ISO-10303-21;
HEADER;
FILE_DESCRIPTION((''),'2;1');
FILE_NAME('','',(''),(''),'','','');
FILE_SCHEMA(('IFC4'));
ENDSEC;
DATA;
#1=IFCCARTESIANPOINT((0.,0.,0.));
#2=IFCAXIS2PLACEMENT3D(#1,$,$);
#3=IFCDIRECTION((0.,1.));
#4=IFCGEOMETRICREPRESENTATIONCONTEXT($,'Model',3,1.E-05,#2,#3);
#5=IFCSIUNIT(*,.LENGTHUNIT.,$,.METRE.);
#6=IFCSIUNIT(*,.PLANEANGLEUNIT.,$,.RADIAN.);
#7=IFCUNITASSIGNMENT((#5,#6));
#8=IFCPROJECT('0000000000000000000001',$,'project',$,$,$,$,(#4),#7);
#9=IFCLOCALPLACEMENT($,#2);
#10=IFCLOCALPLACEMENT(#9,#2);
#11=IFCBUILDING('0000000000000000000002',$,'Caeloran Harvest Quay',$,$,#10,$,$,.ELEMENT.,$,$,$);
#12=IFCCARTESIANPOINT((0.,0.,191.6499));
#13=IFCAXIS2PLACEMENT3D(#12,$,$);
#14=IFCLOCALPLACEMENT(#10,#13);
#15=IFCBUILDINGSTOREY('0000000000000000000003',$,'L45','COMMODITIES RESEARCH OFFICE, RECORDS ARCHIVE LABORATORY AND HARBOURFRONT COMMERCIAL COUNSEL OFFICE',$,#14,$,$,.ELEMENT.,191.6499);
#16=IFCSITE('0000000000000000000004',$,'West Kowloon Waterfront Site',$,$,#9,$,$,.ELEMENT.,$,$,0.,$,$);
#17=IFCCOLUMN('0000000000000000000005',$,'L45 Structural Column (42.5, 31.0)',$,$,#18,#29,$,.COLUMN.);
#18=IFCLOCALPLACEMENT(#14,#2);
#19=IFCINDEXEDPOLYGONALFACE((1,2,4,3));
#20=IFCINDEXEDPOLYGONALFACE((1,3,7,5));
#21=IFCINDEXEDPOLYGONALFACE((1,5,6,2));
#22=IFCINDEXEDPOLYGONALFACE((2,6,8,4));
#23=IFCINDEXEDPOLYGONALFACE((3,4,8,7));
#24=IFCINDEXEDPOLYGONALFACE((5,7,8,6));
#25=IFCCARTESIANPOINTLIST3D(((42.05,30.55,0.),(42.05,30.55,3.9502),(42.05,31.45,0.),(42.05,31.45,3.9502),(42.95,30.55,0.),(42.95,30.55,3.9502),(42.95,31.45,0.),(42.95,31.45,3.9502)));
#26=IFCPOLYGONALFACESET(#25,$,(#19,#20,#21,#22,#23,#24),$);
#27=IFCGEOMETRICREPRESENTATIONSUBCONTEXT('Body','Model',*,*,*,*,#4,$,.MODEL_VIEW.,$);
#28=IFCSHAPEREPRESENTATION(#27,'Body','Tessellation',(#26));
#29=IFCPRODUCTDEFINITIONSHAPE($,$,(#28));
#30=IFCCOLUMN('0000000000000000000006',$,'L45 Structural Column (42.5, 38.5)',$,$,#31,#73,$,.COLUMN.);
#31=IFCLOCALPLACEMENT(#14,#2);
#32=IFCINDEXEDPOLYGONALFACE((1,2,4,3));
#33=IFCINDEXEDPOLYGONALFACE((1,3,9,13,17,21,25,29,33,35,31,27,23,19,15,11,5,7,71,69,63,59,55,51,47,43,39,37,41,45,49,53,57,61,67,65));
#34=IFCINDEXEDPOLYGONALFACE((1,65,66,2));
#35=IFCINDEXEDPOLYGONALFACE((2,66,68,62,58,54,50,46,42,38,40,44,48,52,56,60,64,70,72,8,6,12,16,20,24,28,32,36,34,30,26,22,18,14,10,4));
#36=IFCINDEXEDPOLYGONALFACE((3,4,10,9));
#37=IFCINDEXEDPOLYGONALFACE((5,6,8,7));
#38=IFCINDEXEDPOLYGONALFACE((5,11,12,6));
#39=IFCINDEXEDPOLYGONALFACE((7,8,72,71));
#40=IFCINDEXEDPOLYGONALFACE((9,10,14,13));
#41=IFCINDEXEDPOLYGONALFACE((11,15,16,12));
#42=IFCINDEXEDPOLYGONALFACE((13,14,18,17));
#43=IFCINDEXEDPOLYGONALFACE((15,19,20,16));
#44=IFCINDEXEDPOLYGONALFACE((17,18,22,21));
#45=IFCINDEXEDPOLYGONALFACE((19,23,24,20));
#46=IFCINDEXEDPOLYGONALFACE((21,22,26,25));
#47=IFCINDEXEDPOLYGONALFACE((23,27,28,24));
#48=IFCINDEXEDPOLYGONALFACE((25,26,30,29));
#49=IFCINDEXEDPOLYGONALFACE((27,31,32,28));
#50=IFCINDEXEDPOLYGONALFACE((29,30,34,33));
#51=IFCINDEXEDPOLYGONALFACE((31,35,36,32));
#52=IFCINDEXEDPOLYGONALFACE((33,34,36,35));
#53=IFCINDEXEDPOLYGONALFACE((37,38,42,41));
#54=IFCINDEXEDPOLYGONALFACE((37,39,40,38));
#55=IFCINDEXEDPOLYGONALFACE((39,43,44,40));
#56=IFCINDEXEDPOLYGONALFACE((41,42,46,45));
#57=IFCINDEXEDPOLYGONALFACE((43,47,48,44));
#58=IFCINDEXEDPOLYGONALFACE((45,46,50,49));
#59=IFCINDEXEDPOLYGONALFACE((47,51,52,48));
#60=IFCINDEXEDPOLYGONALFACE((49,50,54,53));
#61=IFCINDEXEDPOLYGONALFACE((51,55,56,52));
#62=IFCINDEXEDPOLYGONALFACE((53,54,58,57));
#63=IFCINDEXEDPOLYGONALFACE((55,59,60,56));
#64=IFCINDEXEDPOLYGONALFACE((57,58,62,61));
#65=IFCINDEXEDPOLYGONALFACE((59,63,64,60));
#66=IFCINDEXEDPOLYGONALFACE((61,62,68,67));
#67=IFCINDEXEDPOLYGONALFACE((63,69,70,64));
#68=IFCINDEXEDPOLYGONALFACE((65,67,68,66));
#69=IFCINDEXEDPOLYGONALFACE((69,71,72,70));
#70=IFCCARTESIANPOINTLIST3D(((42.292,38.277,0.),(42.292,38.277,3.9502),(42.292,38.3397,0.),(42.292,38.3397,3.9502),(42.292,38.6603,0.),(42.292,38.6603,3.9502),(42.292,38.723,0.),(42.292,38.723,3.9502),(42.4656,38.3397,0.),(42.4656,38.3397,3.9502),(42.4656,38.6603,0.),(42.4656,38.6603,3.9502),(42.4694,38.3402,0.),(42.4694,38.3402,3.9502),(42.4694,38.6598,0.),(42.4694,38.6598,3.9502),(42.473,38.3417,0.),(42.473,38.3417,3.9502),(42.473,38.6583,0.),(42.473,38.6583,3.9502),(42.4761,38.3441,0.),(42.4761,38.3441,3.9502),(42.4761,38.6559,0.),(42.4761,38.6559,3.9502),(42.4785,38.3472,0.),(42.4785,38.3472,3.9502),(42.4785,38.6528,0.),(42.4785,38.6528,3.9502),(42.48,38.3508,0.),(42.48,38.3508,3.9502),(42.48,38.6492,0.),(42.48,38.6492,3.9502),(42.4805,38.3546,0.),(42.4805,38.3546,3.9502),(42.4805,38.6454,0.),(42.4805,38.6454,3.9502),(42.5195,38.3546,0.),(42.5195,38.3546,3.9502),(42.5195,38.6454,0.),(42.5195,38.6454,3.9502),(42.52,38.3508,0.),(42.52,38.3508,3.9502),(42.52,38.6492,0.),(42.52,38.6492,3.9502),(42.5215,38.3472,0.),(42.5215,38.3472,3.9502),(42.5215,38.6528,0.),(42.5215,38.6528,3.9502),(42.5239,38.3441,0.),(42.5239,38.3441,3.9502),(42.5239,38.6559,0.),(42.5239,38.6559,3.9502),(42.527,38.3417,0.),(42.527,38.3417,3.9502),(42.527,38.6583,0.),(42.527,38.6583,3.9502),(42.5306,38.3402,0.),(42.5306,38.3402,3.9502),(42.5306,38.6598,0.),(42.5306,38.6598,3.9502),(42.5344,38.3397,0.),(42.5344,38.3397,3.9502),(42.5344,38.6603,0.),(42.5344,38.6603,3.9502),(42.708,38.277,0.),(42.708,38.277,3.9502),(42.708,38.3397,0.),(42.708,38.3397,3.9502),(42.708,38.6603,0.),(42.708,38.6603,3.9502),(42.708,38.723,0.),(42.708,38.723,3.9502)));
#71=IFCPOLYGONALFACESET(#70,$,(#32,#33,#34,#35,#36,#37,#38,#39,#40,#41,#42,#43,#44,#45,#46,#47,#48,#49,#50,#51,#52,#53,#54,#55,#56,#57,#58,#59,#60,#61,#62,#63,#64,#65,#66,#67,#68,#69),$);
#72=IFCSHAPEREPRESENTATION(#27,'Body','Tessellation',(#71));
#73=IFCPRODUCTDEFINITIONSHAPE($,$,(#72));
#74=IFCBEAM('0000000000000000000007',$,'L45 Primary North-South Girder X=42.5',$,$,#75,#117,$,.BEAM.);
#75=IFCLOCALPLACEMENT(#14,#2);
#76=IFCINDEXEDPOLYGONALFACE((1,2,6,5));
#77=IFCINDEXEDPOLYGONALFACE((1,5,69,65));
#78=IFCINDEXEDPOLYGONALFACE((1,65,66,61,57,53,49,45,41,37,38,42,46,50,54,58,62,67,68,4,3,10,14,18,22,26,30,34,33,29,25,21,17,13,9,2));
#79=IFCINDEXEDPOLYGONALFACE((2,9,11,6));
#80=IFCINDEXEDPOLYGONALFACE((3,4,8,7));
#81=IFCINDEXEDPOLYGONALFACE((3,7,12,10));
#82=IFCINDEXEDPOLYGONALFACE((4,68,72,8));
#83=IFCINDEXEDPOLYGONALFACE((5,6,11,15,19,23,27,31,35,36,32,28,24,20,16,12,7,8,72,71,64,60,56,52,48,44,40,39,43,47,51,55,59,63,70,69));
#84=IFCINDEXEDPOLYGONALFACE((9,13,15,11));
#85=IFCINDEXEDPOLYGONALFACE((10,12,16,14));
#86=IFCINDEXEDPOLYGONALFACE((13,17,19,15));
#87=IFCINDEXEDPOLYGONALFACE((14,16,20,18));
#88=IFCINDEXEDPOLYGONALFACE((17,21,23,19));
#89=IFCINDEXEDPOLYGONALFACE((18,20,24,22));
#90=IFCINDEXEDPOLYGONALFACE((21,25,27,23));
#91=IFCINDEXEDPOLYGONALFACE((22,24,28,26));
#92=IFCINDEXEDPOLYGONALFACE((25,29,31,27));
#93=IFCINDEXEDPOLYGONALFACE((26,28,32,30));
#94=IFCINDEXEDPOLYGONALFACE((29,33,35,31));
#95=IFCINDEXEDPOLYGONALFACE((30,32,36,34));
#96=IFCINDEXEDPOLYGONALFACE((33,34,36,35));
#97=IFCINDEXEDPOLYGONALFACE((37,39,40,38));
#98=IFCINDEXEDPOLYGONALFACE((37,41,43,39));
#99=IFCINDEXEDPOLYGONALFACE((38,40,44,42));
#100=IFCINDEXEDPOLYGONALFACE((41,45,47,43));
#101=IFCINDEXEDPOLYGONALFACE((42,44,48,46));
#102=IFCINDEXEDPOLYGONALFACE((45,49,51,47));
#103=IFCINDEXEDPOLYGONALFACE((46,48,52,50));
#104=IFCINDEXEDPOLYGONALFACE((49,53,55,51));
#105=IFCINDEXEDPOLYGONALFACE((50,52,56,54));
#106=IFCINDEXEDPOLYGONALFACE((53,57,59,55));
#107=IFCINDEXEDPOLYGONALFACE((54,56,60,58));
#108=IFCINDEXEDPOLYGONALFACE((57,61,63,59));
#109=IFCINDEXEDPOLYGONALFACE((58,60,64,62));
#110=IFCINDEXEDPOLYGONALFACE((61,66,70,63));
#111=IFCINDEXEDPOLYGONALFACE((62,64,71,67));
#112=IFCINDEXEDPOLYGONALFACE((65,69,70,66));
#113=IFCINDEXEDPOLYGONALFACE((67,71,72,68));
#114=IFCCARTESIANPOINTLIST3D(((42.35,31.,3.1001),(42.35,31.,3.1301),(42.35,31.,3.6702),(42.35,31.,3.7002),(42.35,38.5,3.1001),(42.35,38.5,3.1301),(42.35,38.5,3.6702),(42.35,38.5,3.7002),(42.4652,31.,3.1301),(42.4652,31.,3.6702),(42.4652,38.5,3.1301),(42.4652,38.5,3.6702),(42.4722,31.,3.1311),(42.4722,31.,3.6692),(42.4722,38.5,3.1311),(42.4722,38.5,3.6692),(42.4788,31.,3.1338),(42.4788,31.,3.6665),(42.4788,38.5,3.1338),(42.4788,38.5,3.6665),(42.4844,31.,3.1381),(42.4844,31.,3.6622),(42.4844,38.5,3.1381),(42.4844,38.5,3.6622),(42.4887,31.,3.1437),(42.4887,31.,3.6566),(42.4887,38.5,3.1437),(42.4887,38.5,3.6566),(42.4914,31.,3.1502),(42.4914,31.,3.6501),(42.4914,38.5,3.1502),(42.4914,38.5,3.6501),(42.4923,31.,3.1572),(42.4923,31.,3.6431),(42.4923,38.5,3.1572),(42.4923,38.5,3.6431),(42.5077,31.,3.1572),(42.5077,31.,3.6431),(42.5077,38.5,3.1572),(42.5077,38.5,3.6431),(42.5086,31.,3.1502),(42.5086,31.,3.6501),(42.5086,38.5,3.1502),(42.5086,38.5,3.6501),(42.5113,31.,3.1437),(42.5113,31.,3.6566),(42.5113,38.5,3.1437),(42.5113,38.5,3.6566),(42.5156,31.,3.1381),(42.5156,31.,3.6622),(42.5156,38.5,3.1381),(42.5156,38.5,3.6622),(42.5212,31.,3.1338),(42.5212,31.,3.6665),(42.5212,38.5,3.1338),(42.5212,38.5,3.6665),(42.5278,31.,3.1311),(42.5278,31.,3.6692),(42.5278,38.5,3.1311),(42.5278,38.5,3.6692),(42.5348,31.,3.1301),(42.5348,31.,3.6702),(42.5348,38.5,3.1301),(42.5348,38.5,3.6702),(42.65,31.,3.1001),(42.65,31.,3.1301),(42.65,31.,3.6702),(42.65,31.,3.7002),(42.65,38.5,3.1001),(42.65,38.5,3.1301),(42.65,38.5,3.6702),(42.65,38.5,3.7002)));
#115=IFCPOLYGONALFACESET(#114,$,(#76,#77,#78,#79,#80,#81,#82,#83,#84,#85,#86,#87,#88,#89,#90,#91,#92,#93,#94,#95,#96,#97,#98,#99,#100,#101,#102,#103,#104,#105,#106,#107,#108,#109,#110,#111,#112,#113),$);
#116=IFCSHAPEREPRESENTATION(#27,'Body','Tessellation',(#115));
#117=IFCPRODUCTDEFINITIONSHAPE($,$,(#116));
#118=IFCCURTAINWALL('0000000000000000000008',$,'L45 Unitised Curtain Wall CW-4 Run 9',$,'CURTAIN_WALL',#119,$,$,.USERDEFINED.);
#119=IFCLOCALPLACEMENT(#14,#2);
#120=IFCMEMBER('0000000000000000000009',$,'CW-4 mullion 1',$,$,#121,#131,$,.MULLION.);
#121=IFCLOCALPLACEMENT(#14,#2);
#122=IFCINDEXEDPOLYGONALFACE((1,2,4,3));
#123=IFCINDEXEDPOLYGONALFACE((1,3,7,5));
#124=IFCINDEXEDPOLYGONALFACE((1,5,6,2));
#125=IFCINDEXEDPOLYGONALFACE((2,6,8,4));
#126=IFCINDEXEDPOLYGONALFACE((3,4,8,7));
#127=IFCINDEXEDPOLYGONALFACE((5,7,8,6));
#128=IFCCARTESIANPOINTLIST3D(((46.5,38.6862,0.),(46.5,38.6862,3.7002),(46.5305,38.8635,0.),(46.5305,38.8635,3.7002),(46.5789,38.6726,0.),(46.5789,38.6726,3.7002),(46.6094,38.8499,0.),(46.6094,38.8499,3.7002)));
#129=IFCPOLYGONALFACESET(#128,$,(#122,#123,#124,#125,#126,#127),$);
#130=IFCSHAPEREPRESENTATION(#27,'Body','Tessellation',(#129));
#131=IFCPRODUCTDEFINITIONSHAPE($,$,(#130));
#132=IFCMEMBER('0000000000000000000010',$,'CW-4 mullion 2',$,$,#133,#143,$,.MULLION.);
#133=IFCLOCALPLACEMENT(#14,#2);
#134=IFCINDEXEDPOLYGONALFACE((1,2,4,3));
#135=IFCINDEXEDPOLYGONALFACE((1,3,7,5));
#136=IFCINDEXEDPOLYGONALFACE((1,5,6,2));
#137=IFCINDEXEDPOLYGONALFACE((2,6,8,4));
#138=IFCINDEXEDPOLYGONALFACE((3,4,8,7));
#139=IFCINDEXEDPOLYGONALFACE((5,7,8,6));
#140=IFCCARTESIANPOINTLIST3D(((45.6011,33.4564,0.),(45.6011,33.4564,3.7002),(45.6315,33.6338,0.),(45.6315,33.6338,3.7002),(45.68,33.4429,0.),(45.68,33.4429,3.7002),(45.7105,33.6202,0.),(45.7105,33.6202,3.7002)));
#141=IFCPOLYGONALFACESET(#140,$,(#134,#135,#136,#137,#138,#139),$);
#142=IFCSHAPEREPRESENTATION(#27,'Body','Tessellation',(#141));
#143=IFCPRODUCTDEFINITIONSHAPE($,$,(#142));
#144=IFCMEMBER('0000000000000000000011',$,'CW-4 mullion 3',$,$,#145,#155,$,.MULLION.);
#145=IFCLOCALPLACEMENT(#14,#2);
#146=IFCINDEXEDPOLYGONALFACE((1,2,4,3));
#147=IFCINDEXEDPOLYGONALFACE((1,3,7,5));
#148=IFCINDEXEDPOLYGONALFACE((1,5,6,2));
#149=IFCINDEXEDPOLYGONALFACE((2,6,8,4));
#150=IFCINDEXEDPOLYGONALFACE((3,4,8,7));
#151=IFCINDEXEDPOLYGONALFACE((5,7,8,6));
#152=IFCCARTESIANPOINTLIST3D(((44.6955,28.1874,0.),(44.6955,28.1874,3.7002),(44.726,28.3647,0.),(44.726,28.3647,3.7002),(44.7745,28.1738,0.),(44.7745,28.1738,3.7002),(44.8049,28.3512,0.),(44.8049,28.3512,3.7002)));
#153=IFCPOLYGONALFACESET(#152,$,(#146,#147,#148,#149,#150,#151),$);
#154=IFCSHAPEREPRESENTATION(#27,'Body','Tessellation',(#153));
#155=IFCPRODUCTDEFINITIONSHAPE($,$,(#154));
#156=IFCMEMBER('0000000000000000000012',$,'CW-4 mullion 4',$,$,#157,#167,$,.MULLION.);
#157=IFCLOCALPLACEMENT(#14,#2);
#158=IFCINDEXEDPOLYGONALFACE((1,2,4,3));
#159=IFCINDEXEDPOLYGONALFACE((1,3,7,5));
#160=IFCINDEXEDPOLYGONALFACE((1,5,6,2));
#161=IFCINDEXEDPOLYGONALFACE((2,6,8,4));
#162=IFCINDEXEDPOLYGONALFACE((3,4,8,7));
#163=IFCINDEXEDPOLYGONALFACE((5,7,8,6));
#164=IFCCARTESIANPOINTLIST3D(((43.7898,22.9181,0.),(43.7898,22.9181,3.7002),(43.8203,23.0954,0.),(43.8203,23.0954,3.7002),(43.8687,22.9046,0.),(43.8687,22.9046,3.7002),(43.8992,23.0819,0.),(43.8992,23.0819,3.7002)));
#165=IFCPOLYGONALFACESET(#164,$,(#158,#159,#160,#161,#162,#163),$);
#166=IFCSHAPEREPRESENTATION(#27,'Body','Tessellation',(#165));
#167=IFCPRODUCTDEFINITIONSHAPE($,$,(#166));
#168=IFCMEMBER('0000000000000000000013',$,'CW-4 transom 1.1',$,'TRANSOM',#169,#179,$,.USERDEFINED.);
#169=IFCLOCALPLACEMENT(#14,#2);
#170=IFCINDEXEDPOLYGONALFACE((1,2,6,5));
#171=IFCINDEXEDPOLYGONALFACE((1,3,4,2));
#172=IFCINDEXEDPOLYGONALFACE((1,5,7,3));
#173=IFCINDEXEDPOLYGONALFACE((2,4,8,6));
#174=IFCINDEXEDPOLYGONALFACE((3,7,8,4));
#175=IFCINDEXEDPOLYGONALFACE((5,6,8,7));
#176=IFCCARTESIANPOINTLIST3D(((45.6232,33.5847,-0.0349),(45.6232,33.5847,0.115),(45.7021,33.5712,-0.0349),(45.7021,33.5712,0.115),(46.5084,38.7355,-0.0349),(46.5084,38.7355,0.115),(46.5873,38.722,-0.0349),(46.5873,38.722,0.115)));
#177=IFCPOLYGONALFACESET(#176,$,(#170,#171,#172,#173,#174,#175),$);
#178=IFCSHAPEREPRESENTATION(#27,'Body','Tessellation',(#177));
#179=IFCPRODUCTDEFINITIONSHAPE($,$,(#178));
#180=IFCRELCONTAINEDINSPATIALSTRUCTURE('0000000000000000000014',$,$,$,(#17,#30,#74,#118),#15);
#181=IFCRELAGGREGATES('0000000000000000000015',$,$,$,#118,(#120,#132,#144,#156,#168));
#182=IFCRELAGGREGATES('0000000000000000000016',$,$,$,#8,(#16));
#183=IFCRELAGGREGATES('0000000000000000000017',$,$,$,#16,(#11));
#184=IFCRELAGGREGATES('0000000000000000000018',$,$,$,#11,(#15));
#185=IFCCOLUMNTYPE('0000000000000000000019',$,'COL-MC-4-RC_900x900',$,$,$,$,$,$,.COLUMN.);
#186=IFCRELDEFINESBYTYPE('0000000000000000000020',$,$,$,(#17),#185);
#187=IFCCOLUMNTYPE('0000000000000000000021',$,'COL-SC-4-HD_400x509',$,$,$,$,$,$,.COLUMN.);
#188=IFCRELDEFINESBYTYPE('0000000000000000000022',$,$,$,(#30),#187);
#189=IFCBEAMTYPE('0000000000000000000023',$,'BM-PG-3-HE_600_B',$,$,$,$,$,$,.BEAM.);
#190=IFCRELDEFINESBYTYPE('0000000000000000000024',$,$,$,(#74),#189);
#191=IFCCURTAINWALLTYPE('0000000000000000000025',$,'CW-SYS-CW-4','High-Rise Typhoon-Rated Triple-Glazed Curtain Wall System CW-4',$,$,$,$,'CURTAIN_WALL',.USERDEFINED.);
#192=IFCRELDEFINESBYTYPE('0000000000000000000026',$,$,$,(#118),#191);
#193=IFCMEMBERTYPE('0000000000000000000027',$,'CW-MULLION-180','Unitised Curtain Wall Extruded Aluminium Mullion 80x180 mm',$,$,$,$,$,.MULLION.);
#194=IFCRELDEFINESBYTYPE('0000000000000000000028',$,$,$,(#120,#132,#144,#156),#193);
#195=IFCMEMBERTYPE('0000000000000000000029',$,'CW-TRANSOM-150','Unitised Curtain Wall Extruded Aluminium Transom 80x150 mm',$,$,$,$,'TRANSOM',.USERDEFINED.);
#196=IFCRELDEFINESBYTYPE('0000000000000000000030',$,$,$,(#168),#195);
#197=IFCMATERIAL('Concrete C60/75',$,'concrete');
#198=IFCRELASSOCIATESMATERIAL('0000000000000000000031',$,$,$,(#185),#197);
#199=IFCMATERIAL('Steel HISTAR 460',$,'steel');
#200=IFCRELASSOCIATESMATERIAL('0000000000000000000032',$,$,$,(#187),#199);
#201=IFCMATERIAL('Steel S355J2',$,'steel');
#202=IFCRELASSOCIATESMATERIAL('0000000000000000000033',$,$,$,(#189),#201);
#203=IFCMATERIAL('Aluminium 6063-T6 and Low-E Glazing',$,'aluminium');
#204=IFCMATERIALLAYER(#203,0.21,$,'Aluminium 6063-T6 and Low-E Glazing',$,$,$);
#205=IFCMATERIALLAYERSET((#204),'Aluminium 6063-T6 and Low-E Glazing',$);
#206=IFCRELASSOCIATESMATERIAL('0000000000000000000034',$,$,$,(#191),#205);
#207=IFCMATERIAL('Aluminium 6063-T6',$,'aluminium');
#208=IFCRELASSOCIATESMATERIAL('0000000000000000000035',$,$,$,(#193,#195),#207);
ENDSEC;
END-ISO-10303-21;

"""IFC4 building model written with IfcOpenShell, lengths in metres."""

from ifc_helpers import new_model, si_unit, direction, frame, origin, origin_2d, place, context, subcontext, project, spatial, rectangle, i_section, extrude, material, layer, layer_set, material_profile, profile_set, type_object, element, aggregate, save


model = new_model("IFC4")

# Units and contexts
model_context = context("Model", 3, precision=1e-05, world=origin(), true_north=direction((0.0, 1.0)))
body_context = subcontext(model_context, "Body", "Model", "MODEL_VIEW")
ifc_project = project(units=[si_unit("LENGTHUNIT", "METRE"), si_unit("PLANEANGLEUNIT", "RADIAN")], contexts=[model_context])

# Site, building, storey
site_placement = place(None, origin())
site = spatial("IfcSite", under=ifc_project, at=site_placement, Name="West Kowloon Waterfront Site", CompositionType="ELEMENT", RefElevation=0.0)
building_placement = place(site_placement, origin())
building = spatial("IfcBuilding", under=site, at=building_placement, Name="Caeloran Harvest Quay", CompositionType="ELEMENT")
storey_placement = place(building_placement, frame((0.0, 0.0, 191.6499)))
storey = spatial("IfcBuildingStorey", under=building, at=storey_placement, Name="L45", Description="COMMODITIES RESEARCH OFFICE, RECORDS ARCHIVE LABORATORY AND HARBOURFRONT COMMERCIAL COUNSEL OFFICE", CompositionType="ELEMENT", Elevation=191.6499)

# Columns
ifc_material_1 = material(Name="Concrete C60/75", Category="concrete")
ifc_material_profile_1 = material_profile(ifc_material_1, rectangle(XDim=0.8999, YDim=0.8999, at=origin_2d()), Name="RC 900x900")
ifc_profile_set_1 = profile_set([ifc_material_profile_1], Name="Concrete C60/75")
column_type_1 = type_object("IfcColumnType", Name="COL-MC-4-RC_900x900", PredefinedType="COLUMN", material=ifc_profile_set_1)
column_1_placement = place(storey_placement, frame((42.5, 31.0, 0.0), z_axis=(0.0, 0.0, 1.0), x_axis=(1.0, 0.0, 0.0)))
element("IfcColumn", 1, at=column_1_placement, inside=storey, type_object=column_type_1, Name="L45 Structural Column (42.5, 31.0)", PredefinedType="COLUMN", context=body_context, shape_type="SweptSolid", body=[
    extrude(rectangle(XDim=0.8999, YDim=0.8999, at=origin_2d()), origin(), (0.0, 0.0, 1.0), 3.9502),
])
ifc_material_2 = material(Name="Steel HISTAR 460", Category="steel")
ifc_material_profile_2 = material_profile(ifc_material_2, i_section(OverallWidth=0.416, OverallDepth=0.446, WebThickness=0.0391, FlangeThickness=0.0627, FilletRadius=0.0149, at=origin_2d()), Name="HD 400x509")
ifc_profile_set_2 = profile_set([ifc_material_profile_2], Name="Steel HISTAR 460")
column_type_2 = type_object("IfcColumnType", Name="COL-SC-4-HD_400x509", PredefinedType="COLUMN", material=ifc_profile_set_2)
column_2_placement = place(storey_placement, frame((42.5, 38.5, 0.0), z_axis=(0.0, 0.0, 1.0), x_axis=(1.0, 0.0, 0.0)))
element("IfcColumn", 2, at=column_2_placement, inside=storey, type_object=column_type_2, Name="L45 Structural Column (42.5, 38.5)", PredefinedType="COLUMN", context=body_context, shape_type="SweptSolid", body=[
    extrude(i_section(OverallWidth=0.416, OverallDepth=0.446, WebThickness=0.0391, FlangeThickness=0.0627, FilletRadius=0.0149, at=origin_2d()), origin(), (0.0, 0.0, 1.0), 3.9502),
])

# Beam
ifc_material_3 = material(Name="Steel S355J2", Category="steel")
ifc_material_profile_3 = material_profile(ifc_material_3, i_section(OverallWidth=0.3, OverallDepth=0.6001, WebThickness=0.0154, FlangeThickness=0.03, FilletRadius=0.0271, at=origin_2d()), Name="HE 600 B")
ifc_profile_set_3 = profile_set([ifc_material_profile_3], Name="Steel S355J2")
beam_type = type_object("IfcBeamType", Name="BM-PG-3-HE_600_B", PredefinedType="BEAM", material=ifc_profile_set_3)
beam_placement = place(storey_placement, frame((42.5, 31.0, 3.4001), z_axis=(0.0, 1.0, 0.0), x_axis=(-1.0, 0.0, 0.0)))
element("IfcBeam", 3, at=beam_placement, inside=storey, type_object=beam_type, Name="L45 Primary North-South Girder X=42.5", PredefinedType="BEAM", context=body_context, shape_type="SweptSolid", body=[
    extrude(i_section(OverallWidth=0.3, OverallDepth=0.6001, WebThickness=0.0154, FlangeThickness=0.03, FilletRadius=0.0271, at=origin_2d()), origin(), (0.0, 0.0, 1.0), 7.5),
])

# Curtain wall, members
ifc_material_4 = material(Name="Aluminium 6063-T6 and Low-E Glazing", Category="aluminium")
ifc_layer_1 = layer(ifc_material_4, 0.21, Name="Aluminium 6063-T6 and Low-E Glazing")
ifc_layer_set_1 = layer_set([ifc_layer_1], Name="Aluminium 6063-T6 and Low-E Glazing")
curtain_wall_type = type_object("IfcCurtainWallType", Name="CW-SYS-CW-4", Description="High-Rise Typhoon-Rated Triple-Glazed Curtain Wall System CW-4", ElementType="CURTAIN_WALL", PredefinedType="USERDEFINED", material=ifc_layer_set_1)
curtain_wall_placement = place(storey_placement, origin())
curtain_wall = element("IfcCurtainWall", 4, at=curtain_wall_placement, inside=storey, type_object=curtain_wall_type, Name="L45 Unitised Curtain Wall CW-4 Run 9", ObjectType="CURTAIN_WALL", PredefinedType="USERDEFINED")
ifc_material_5 = material(Name="Aluminium 6063-T6", Category="aluminium")
ifc_material_profile_4 = material_profile(ifc_material_5, rectangle(XDim=0.0801, YDim=0.1799, at=origin_2d()), Name="CW-MULLION-180")
ifc_profile_set_4 = profile_set([ifc_material_profile_4], Name="Aluminium 6063-T6")
member_type_1 = type_object("IfcMemberType", Name="CW-MULLION-180", Description="Unitised Curtain Wall Extruded Aluminium Mullion 80x180 mm", PredefinedType="MULLION", material=ifc_profile_set_4)
member_1_placement = place(storey_placement, frame((46.5547, 38.7681, 0.0), z_axis=(0.0, 0.0, 1.0), x_axis=(0.985549, -0.169392, 0.0)))
member_1 = element("IfcMember", 5, at=member_1_placement, type_object=member_type_1, Name="CW-4 mullion 1", PredefinedType="MULLION", context=body_context, shape_type="SweptSolid", body=[
    extrude(rectangle(XDim=0.0801, YDim=0.1799, at=origin_2d()), origin(), (0.0, 0.0, 1.0), 3.7002),
])
member_2_placement = place(storey_placement, frame((45.6558, 33.5383, 0.0), z_axis=(0.0, 0.0, 1.0), x_axis=(0.985549, -0.169392, 0.0)))
member_2 = element("IfcMember", 6, at=member_2_placement, type_object=member_type_1, Name="CW-4 mullion 2", PredefinedType="MULLION", context=body_context, shape_type="SweptSolid", body=[
    extrude(rectangle(XDim=0.0801, YDim=0.1799, at=origin_2d()), origin(), (0.0, 0.0, 1.0), 3.7002),
])
member_3_placement = place(storey_placement, frame((44.7502, 28.2693, 0.0), z_axis=(0.0, 0.0, 1.0), x_axis=(0.985549, -0.169392, 0.0)))
member_3 = element("IfcMember", 7, at=member_3_placement, type_object=member_type_1, Name="CW-4 mullion 3", PredefinedType="MULLION", context=body_context, shape_type="SweptSolid", body=[
    extrude(rectangle(XDim=0.0801, YDim=0.1799, at=origin_2d()), origin(), (0.0, 0.0, 1.0), 3.7002),
])
member_4_placement = place(storey_placement, frame((43.8445, 23.0, 0.0), z_axis=(0.0, 0.0, 1.0), x_axis=(0.985549, -0.169392, 0.0)))
member_4 = element("IfcMember", 8, at=member_4_placement, type_object=member_type_1, Name="CW-4 mullion 4", PredefinedType="MULLION", context=body_context, shape_type="SweptSolid", body=[
    extrude(rectangle(XDim=0.0801, YDim=0.1799, at=origin_2d()), origin(), (0.0, 0.0, 1.0), 3.7002),
])
ifc_material_profile_5 = material_profile(ifc_material_5, rectangle(XDim=0.0801, YDim=0.1499, at=origin_2d()), Name="CW-TRANSOM-150")
ifc_profile_set_5 = profile_set([ifc_material_profile_5], Name="Aluminium 6063-T6")
member_type_2 = type_object("IfcMemberType", Name="CW-TRANSOM-150", Description="Unitised Curtain Wall Extruded Aluminium Transom 80x150 mm", ElementType="TRANSOM", PredefinedType="USERDEFINED", material=ifc_profile_set_5)
member_5_placement = place(storey_placement, frame((46.5479, 38.7288, 0.04), z_axis=(-0.169381, -0.985551, 0.0), x_axis=(0.985551, -0.169381, 0.0)))
member_5 = element("IfcMember", 9, at=member_5_placement, type_object=member_type_2, Name="CW-4 transom 1.1", ObjectType="TRANSOM", PredefinedType="USERDEFINED", context=body_context, shape_type="SweptSolid", body=[
    extrude(rectangle(XDim=0.0801, YDim=0.1499, at=origin_2d()), origin(), (0.0, 0.0, 1.0), 5.2263),
])
aggregate(curtain_wall, [member_1, member_2, member_3, member_4, member_5])

save(model, "model.ifc")
